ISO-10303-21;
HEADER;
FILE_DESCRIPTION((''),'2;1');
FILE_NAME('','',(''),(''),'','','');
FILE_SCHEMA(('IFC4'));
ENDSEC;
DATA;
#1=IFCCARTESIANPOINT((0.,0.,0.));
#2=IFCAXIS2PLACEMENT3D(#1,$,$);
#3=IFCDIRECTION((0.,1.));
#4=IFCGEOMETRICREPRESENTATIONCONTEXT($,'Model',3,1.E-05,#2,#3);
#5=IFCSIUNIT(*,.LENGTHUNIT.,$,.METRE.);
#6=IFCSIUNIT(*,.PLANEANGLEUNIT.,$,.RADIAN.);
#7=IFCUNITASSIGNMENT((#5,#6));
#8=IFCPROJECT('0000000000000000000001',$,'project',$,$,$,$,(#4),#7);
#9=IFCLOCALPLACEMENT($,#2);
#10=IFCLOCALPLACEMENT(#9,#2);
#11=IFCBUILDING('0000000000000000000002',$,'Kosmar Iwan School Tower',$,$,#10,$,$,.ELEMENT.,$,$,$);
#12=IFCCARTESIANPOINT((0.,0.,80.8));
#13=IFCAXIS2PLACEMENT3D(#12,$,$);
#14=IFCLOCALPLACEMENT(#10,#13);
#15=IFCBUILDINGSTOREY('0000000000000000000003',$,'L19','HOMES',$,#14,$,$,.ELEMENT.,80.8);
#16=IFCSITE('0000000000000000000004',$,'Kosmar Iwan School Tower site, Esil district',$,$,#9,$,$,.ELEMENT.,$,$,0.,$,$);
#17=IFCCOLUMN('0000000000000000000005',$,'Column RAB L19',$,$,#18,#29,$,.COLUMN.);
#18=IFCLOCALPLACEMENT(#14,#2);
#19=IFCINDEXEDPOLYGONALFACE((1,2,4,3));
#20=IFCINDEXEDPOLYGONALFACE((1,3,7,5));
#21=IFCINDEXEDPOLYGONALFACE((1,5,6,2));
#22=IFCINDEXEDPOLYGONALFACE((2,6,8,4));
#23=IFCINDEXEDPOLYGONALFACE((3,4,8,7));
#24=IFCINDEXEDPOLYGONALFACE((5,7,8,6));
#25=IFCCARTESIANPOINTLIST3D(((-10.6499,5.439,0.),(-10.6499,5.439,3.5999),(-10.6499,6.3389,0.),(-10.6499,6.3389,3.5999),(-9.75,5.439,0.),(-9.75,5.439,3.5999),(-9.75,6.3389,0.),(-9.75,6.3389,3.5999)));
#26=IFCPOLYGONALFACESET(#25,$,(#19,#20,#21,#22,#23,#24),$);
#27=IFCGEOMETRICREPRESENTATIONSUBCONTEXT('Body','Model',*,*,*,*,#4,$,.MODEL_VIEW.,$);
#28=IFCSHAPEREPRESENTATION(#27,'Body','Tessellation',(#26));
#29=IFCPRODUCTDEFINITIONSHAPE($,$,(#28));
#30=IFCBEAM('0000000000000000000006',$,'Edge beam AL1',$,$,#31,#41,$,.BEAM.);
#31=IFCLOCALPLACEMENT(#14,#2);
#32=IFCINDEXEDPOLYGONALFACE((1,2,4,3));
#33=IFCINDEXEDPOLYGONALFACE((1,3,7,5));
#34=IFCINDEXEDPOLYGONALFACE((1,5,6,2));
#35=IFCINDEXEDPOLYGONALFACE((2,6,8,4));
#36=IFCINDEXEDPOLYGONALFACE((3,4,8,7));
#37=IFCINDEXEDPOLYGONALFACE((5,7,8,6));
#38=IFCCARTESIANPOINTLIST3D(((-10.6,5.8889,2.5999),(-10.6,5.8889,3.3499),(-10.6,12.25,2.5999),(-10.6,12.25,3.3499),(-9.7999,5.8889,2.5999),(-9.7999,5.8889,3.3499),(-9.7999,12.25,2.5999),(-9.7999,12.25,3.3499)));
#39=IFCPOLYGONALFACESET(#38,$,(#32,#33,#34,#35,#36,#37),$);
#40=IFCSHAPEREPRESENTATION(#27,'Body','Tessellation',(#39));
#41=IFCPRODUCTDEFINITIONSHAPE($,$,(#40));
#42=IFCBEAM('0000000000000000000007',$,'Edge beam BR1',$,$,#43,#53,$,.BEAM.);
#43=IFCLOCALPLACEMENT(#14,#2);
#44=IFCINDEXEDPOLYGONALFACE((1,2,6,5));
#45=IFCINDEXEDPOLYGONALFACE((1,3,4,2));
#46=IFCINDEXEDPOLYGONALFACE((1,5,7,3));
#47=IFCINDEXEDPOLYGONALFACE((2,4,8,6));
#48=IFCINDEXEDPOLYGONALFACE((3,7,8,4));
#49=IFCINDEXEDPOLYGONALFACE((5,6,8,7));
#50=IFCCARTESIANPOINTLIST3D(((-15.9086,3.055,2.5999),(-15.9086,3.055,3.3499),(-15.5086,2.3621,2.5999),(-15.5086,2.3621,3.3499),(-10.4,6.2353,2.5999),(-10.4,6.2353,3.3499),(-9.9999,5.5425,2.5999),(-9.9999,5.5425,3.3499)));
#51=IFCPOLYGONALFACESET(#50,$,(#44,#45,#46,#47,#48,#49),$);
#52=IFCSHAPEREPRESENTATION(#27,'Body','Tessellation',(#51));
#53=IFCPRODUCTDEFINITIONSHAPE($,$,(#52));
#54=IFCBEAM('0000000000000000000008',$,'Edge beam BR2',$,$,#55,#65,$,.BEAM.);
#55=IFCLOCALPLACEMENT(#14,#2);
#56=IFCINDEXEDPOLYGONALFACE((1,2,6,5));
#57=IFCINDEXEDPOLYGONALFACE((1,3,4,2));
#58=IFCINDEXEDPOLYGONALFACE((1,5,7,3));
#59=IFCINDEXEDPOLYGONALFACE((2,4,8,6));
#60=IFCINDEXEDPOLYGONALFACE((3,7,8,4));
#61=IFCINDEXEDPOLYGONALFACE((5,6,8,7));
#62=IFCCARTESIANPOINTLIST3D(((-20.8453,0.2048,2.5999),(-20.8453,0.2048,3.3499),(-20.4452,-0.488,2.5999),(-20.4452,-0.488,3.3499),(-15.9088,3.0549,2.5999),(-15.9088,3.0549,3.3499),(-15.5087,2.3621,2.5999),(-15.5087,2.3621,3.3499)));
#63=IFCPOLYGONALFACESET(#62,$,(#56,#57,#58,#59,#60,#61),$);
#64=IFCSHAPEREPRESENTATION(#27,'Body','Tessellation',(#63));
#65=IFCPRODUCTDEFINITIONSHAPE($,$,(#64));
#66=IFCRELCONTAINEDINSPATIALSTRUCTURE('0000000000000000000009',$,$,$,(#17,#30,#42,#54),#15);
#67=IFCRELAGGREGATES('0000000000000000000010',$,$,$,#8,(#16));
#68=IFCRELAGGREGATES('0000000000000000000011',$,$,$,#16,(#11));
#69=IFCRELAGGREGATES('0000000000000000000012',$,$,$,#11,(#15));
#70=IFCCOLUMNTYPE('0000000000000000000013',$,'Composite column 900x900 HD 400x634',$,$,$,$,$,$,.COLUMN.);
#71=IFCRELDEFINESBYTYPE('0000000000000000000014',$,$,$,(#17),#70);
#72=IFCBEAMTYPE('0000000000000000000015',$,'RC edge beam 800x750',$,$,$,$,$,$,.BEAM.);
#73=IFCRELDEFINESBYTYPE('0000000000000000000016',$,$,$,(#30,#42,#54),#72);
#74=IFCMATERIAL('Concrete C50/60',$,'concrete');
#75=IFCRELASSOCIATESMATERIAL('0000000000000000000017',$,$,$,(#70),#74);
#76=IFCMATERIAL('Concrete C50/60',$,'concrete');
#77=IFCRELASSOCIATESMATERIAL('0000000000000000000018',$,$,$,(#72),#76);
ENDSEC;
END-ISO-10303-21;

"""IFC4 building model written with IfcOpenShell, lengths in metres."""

from ifc_helpers import new_model, si_unit, direction, frame, origin, origin_2d, place, context, subcontext, project, spatial, rectangle, extrude, material, material_profile, profile_set, type_object, element, save


model = new_model("IFC4")

# Units and contexts
model_context = context("Model", 3, precision=1e-05, world=origin(), true_north=direction((0.0, 1.0)))
body_context = subcontext(model_context, "Body", "Model", "MODEL_VIEW")
ifc_project = project(units=[si_unit("LENGTHUNIT", "METRE"), si_unit("PLANEANGLEUNIT", "RADIAN")], contexts=[model_context])

# Site, building, storey
site_placement = place(None, origin())
site = spatial("IfcSite", under=ifc_project, at=site_placement, Name="Kosmar Iwan School Tower site, Esil district", CompositionType="ELEMENT", RefElevation=0.0)
building_placement = place(site_placement, origin())
building = spatial("IfcBuilding", under=site, at=building_placement, Name="Kosmar Iwan School Tower", CompositionType="ELEMENT")
storey_placement = place(building_placement, frame((0.0, 0.0, 80.8)))
storey = spatial("IfcBuildingStorey", under=building, at=storey_placement, Name="L19", Description="HOMES", CompositionType="ELEMENT", Elevation=80.8)

# Column
ifc_material_1 = material(Name="Concrete C50/60", Category="concrete")
ifc_material_profile_1 = material_profile(ifc_material_1, rectangle(XDim=0.8999, YDim=0.8999, at=origin_2d()), Name="RC 900x900 + HD 400x634")
ifc_profile_set_1 = profile_set([ifc_material_profile_1], Name="Concrete C50/60")
column_type = type_object("IfcColumnType", Name="Composite column 900x900 HD 400x634", PredefinedType="COLUMN", material=ifc_profile_set_1)
column_placement = place(storey_placement, frame((-10.2, 5.8889, 0.0), z_axis=(0.0, 0.0, 1.0), x_axis=(1.0, 0.0, 0.0)))
element("IfcColumn", 1, at=column_placement, inside=storey, type_object=column_type, Name="Column RAB L19", PredefinedType="COLUMN", context=body_context, shape_type="SweptSolid", body=[
    extrude(rectangle(XDim=0.8999, YDim=0.8999, at=origin_2d()), origin(), (0.0, 0.0, 1.0), 3.5999),
])

# Beams
ifc_material_2 = material(Name="Concrete C50/60", Category="concrete")
ifc_material_profile_2 = material_profile(ifc_material_2, rectangle(XDim=0.8, YDim=0.75, at=origin_2d()), Name="RC 800x750")
ifc_profile_set_2 = profile_set([ifc_material_profile_2], Name="Concrete C50/60")
beam_type = type_object("IfcBeamType", Name="RC edge beam 800x750", PredefinedType="BEAM", material=ifc_profile_set_2)
beam_1_placement = place(storey_placement, frame((-10.2, 5.8889, 2.9749), z_axis=(0.0, 1.0, 0.0), x_axis=(-1.0, 0.0, 0.0)))
element("IfcBeam", 2, at=beam_1_placement, inside=storey, type_object=beam_type, Name="Edge beam AL1", PredefinedType="BEAM", context=body_context, shape_type="SweptSolid", body=[
    extrude(rectangle(XDim=0.8, YDim=0.75, at=origin_2d()), origin(), (0.0, 0.0, 1.0), 6.3611),
])
beam_2_placement = place(storey_placement, frame((-10.2, 5.8889, 2.9749), z_axis=(-0.866031, -0.49999, 0.0), x_axis=(0.49999, -0.866031, 0.0)))
element("IfcBeam", 3, at=beam_2_placement, inside=storey, type_object=beam_type, Name="Edge beam BR1", PredefinedType="BEAM", context=body_context, shape_type="SweptSolid", body=[
    extrude(rectangle(XDim=0.8, YDim=0.75, at=origin_2d()), origin(), (0.0, 0.0, 1.0), 6.3608),
])
beam_3_placement = place(storey_placement, frame((-15.7087, 2.7085, 2.9749), z_axis=(-0.866026, -0.499999, 0.0), x_axis=(0.499999, -0.866026, 0.0)))
element("IfcBeam", 4, at=beam_3_placement, inside=storey, type_object=beam_type, Name="Edge beam BR2", PredefinedType="BEAM", context=body_context, shape_type="SweptSolid", body=[
    extrude(rectangle(XDim=0.8, YDim=0.75, at=origin_2d()), origin(), (0.0, 0.0, 1.0), 5.7002),
])

save(model, "model.ifc")
